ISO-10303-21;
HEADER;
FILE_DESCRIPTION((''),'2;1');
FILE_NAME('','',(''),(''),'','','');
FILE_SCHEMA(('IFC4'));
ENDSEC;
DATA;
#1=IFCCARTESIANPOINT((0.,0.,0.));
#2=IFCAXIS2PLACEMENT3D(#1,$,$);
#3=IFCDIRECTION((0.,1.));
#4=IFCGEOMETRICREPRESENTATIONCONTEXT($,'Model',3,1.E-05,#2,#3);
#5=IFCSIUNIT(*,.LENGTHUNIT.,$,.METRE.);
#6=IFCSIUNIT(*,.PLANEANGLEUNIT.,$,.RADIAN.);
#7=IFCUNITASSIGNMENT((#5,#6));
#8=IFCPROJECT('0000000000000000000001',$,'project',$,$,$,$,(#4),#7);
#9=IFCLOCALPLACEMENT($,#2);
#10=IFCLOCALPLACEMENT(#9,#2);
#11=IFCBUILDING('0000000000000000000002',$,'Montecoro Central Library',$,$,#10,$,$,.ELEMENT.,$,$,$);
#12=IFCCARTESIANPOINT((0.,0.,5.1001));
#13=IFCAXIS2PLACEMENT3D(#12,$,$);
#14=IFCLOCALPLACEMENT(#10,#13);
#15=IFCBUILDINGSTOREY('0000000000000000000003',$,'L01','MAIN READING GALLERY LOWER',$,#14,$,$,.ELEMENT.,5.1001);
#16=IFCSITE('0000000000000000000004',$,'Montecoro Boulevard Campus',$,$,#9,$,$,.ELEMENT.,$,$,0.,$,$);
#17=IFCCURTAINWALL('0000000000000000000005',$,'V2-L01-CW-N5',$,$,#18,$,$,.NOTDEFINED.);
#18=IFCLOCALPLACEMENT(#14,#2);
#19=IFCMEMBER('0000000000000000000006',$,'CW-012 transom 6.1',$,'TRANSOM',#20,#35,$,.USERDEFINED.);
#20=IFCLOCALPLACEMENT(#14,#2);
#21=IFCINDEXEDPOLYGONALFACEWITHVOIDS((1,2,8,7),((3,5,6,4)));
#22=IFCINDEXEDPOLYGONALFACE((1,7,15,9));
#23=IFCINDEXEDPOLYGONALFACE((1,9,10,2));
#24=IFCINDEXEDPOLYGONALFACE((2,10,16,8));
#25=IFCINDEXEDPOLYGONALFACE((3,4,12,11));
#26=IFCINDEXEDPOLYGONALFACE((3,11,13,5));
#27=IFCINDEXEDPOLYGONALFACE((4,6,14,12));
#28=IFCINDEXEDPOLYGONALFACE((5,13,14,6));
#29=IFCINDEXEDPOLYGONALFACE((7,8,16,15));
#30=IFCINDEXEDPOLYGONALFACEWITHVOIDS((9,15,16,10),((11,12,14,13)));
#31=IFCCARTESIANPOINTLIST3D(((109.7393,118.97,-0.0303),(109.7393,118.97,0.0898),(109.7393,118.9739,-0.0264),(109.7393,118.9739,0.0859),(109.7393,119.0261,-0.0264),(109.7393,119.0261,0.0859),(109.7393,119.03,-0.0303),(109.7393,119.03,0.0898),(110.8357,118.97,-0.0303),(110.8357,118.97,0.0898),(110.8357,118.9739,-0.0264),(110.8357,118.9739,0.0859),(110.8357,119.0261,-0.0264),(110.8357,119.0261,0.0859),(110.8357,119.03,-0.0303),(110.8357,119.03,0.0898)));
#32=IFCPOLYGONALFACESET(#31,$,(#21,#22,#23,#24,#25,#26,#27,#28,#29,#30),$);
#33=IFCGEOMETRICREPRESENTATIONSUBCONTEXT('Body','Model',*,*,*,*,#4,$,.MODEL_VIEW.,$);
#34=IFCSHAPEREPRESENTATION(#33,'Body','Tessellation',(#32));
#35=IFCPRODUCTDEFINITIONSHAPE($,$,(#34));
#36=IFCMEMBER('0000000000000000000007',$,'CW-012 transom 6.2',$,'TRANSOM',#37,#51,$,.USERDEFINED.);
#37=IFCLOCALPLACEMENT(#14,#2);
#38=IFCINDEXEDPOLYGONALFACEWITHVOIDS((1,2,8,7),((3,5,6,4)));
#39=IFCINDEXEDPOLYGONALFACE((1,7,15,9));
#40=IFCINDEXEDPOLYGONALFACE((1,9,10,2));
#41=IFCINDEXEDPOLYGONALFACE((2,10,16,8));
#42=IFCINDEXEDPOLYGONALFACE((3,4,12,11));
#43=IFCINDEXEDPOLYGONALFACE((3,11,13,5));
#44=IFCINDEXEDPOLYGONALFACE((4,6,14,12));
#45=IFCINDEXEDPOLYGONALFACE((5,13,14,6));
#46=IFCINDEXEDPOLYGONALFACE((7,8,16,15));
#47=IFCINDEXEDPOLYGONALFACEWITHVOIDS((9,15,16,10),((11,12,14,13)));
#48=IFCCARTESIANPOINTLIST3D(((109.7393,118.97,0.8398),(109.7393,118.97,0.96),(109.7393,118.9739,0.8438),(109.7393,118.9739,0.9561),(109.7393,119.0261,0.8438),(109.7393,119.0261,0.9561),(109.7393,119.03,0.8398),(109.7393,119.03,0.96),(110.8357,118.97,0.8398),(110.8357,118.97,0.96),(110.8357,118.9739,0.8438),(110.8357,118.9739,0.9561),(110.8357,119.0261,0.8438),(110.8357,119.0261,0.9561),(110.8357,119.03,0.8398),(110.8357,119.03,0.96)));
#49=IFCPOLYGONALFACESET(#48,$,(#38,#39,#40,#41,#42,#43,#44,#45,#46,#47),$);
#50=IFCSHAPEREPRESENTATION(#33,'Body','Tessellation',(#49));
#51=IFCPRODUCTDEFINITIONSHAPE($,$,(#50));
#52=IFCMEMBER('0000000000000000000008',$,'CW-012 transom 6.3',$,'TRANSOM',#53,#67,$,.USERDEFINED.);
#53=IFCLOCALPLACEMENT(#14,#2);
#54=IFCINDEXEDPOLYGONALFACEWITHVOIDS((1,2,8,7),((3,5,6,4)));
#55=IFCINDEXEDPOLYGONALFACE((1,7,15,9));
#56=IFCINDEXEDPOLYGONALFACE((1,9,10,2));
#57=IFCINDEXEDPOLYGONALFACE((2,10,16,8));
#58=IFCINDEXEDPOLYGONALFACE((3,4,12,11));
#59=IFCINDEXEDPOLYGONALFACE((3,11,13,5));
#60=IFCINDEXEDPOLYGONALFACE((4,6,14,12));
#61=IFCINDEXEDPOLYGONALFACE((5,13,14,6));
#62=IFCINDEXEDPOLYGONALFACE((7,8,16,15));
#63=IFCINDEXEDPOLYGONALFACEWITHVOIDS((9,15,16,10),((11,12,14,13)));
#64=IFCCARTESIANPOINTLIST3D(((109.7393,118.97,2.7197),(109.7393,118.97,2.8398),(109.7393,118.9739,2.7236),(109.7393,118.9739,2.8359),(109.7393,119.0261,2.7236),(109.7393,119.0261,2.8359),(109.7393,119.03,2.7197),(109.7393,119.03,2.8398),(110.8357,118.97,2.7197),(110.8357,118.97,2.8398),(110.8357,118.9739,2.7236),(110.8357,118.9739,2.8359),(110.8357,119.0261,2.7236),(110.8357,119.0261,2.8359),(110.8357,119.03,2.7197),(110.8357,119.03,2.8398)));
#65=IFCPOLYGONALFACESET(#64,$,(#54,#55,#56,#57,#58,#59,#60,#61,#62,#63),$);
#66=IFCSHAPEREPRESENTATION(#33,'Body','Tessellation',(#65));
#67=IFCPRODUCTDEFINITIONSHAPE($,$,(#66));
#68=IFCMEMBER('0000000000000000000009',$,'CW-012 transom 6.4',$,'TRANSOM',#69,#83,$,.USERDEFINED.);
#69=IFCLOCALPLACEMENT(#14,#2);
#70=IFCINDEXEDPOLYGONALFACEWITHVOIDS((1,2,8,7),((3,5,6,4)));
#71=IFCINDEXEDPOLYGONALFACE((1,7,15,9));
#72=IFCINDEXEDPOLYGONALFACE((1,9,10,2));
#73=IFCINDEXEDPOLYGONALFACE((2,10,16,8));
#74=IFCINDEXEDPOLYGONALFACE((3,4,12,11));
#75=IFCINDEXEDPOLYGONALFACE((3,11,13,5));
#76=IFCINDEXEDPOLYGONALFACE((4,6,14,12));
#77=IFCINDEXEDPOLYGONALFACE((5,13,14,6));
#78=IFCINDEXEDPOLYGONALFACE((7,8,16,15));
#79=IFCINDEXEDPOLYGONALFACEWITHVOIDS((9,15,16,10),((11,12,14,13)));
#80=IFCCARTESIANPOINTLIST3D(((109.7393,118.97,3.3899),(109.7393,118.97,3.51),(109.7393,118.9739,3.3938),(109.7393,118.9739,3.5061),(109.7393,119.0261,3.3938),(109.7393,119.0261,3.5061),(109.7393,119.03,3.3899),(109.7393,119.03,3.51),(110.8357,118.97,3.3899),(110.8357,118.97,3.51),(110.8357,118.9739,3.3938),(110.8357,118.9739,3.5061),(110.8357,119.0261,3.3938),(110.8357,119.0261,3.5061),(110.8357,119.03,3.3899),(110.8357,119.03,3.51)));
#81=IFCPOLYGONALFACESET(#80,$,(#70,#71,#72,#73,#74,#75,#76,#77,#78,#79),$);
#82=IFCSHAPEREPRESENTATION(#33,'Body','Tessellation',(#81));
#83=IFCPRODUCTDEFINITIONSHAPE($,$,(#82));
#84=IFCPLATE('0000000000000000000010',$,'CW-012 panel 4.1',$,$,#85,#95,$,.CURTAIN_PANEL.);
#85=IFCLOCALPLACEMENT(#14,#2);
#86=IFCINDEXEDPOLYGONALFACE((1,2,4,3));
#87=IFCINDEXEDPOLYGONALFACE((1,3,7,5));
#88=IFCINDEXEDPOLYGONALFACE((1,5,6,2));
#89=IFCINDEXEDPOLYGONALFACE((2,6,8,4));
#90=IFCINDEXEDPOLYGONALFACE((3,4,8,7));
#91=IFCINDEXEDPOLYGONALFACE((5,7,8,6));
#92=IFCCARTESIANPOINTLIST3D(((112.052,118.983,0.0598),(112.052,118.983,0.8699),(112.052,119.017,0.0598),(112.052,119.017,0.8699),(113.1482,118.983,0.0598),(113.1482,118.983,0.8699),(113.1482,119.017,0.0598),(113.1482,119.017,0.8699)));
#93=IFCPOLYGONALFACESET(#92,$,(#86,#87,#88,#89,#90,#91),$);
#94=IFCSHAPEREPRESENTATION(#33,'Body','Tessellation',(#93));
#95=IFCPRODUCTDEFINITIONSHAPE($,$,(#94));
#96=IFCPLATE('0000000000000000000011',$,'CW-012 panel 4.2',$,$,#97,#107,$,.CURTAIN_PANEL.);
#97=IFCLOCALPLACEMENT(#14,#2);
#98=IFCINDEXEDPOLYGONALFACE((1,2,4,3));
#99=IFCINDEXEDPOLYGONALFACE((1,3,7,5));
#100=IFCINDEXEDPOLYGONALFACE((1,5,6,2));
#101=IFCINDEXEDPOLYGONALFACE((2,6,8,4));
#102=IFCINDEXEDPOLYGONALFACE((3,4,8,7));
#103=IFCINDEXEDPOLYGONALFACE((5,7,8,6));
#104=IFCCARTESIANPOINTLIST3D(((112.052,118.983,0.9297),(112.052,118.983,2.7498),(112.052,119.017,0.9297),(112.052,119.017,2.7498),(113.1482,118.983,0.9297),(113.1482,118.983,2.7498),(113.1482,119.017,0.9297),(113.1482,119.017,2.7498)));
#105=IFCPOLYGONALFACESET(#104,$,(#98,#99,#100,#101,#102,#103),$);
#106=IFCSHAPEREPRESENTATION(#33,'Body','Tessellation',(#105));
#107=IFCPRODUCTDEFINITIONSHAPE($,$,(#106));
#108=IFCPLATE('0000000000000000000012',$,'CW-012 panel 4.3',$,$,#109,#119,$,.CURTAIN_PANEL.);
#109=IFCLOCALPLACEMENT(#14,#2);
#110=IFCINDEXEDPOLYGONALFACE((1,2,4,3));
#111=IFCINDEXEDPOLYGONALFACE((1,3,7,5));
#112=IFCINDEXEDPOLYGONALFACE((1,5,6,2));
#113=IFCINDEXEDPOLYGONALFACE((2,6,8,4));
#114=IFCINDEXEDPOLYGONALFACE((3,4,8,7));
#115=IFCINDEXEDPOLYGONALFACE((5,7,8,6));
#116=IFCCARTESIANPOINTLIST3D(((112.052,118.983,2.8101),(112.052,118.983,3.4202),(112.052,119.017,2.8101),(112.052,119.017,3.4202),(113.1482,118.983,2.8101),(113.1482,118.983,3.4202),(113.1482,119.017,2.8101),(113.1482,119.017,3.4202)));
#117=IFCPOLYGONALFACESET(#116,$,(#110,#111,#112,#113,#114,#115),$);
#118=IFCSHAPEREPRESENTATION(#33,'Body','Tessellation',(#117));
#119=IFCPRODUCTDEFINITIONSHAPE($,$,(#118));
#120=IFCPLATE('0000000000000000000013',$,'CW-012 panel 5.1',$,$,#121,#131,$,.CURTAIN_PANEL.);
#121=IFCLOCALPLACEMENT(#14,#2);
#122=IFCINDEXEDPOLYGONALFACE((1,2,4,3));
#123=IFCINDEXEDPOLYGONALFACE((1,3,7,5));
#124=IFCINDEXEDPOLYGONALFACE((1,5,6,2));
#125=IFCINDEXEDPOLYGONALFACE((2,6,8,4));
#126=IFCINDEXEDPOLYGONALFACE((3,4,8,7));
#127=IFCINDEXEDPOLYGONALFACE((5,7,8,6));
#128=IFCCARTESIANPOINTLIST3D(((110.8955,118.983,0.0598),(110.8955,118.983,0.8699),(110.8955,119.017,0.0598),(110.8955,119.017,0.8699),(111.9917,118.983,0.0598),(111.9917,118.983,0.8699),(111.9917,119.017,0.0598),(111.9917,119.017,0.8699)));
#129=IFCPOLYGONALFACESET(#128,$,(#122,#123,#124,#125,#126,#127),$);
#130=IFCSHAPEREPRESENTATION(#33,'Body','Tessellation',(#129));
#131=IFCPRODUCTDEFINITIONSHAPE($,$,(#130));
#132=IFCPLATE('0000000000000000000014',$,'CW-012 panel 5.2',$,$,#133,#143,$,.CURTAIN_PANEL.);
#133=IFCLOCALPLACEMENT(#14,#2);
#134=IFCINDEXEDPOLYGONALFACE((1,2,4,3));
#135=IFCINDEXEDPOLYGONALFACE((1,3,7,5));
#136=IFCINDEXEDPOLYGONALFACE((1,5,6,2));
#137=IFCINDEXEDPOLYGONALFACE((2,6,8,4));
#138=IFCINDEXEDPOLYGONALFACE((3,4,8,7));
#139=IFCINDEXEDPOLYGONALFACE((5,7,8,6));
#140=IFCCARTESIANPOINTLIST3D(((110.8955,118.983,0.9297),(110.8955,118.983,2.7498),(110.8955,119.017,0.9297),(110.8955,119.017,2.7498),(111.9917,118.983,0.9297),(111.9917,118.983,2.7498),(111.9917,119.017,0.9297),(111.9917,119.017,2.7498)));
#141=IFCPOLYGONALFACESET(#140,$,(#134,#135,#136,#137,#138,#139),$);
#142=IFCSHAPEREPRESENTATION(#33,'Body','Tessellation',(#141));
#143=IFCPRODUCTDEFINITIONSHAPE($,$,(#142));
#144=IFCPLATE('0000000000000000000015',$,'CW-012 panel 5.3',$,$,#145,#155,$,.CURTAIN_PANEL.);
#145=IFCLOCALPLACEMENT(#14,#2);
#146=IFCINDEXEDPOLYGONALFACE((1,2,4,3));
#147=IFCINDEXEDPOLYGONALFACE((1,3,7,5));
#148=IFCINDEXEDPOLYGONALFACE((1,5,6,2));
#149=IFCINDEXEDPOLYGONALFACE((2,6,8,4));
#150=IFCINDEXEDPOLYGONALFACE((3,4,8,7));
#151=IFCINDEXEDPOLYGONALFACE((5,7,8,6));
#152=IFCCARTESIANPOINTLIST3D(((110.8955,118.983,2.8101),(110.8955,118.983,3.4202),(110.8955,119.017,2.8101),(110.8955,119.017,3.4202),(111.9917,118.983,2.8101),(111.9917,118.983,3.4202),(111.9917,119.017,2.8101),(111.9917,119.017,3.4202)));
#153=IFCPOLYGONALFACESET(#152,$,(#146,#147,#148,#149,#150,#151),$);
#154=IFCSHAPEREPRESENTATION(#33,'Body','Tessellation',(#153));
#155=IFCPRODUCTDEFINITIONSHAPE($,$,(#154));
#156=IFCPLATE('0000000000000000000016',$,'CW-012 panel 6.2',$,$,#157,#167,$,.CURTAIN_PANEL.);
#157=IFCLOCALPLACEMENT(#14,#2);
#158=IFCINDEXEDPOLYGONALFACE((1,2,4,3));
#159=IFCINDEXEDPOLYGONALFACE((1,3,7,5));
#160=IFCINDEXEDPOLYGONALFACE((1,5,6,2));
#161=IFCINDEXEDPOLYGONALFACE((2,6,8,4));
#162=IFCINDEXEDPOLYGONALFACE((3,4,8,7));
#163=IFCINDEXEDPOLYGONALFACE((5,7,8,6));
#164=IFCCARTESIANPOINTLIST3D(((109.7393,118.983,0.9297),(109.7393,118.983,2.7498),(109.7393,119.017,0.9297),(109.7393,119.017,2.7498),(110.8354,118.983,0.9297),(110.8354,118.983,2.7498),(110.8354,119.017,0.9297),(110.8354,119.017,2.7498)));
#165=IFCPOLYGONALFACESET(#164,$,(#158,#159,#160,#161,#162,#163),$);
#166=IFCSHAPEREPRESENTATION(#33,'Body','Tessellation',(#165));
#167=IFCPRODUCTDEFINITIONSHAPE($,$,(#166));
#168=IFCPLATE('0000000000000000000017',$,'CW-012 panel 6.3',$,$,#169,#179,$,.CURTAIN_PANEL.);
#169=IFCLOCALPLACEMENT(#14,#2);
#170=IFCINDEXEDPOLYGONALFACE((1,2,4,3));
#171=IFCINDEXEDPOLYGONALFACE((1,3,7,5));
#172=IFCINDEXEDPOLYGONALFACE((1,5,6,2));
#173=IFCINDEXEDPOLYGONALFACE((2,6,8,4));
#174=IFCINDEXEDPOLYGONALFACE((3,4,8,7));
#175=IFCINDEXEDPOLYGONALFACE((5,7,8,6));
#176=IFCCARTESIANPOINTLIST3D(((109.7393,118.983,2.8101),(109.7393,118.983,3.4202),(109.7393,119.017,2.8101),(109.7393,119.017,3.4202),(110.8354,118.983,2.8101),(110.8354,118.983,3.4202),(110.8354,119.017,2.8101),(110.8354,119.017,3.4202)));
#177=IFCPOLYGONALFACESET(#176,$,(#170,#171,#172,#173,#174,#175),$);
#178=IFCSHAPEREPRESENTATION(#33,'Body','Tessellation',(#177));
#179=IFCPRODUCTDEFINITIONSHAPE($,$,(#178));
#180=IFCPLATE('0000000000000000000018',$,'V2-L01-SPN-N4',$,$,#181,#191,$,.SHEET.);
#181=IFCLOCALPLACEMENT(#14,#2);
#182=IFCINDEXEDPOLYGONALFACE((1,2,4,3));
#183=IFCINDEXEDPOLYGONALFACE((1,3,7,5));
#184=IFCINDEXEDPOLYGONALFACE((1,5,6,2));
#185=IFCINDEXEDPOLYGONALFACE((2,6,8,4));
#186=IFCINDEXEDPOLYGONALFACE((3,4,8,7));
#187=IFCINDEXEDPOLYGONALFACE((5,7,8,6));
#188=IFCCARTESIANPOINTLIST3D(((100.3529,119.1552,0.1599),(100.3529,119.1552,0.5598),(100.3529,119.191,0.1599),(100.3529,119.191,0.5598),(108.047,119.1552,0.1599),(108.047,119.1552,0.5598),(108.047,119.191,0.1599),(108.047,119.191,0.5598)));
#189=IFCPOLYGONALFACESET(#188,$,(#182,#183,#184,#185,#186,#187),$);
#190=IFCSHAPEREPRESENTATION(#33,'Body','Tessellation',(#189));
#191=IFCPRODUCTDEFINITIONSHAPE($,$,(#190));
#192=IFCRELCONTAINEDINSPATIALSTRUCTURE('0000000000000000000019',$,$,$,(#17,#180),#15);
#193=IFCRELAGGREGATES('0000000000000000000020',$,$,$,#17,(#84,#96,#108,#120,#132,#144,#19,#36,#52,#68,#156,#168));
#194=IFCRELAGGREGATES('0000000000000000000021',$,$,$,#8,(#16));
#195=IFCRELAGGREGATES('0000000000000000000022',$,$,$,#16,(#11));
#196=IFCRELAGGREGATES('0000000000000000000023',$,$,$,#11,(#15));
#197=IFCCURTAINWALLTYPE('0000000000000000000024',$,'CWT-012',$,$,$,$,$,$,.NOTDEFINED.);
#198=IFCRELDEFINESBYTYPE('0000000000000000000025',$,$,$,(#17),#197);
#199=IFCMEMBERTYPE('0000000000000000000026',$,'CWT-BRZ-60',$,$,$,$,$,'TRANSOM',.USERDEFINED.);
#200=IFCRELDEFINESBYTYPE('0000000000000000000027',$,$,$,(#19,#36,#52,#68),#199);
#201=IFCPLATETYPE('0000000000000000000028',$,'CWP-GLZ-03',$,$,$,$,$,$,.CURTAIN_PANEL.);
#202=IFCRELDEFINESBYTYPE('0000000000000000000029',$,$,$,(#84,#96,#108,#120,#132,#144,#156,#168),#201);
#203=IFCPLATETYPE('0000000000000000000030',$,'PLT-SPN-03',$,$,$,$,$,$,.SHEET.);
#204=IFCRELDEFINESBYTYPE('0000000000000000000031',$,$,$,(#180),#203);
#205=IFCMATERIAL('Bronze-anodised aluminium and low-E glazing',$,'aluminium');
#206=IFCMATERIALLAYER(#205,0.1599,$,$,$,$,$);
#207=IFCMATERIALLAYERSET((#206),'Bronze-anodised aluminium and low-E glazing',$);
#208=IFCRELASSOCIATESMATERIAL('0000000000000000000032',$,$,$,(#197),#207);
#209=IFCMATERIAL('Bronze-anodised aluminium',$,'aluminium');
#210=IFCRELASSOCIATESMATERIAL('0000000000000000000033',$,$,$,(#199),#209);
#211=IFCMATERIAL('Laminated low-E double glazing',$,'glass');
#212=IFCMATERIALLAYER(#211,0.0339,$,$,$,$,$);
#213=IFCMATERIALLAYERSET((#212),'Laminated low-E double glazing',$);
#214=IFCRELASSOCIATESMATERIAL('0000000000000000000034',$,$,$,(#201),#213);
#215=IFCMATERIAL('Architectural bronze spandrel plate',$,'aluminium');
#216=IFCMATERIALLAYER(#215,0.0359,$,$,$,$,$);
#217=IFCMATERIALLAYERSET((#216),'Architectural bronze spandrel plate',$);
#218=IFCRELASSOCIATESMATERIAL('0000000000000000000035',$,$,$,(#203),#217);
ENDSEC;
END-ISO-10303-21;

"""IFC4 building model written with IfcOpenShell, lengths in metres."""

from ifc_helpers import new_model, si_unit, direction, frame, origin, origin_2d, place, context, subcontext, project, spatial, rectangle, hollow_rectangle, extrude, material, layer, layer_set, material_profile, profile_set, type_object, element, aggregate, save


model = new_model("IFC4")

# Units and contexts
model_context = context("Model", 3, precision=1e-05, world=origin(), true_north=direction((0.0, 1.0)))
body_context = subcontext(model_context, "Body", "Model", "MODEL_VIEW")
ifc_project = project(units=[si_unit("LENGTHUNIT", "METRE"), si_unit("PLANEANGLEUNIT", "RADIAN")], contexts=[model_context])

# Site, building, storey
site_placement = place(None, origin())
site = spatial("IfcSite", under=ifc_project, at=site_placement, Name="Montecoro Boulevard Campus", CompositionType="ELEMENT", RefElevation=0.0)
building_placement = place(site_placement, origin())
building = spatial("IfcBuilding", under=site, at=building_placement, Name="Montecoro Central Library", CompositionType="ELEMENT")
storey_placement = place(building_placement, frame((0.0, 0.0, 5.1001)))
storey = spatial("IfcBuildingStorey", under=building, at=storey_placement, Name="L01", Description="MAIN READING GALLERY LOWER", CompositionType="ELEMENT", Elevation=5.1001)

# Curtain wall, members, plates
ifc_material_1 = material(Name="Bronze-anodised aluminium and low-E glazing", Category="aluminium")
ifc_layer_1 = layer(ifc_material_1, 0.1599)
ifc_layer_set_1 = layer_set([ifc_layer_1], Name="Bronze-anodised aluminium and low-E glazing")
curtain_wall_type = type_object("IfcCurtainWallType", Name="CWT-012", PredefinedType="NOTDEFINED", material=ifc_layer_set_1)
curtain_wall_placement = place(storey_placement, origin())
curtain_wall = element("IfcCurtainWall", 1, at=curtain_wall_placement, inside=storey, type_object=curtain_wall_type, Name="V2-L01-CW-N5", PredefinedType="NOTDEFINED")
ifc_material_2 = material(Name="Bronze-anodised aluminium", Category="aluminium")
ifc_material_profile_1 = material_profile(ifc_material_2, hollow_rectangle(XDim=0.0601, YDim=0.1201, WallThickness=0.0039, at=origin_2d()), Name="CWT 120x60x4.0")
ifc_profile_set_1 = profile_set([ifc_material_profile_1], Name="Bronze-anodised aluminium")
member_type_1 = type_object("IfcMemberType", Name="CWT-BRZ-60", ElementType="TRANSOM", PredefinedType="USERDEFINED", material=ifc_profile_set_1)
member_1_placement = place(storey_placement, frame((110.8357, 119.0, 0.0298), z_axis=(-1.0, 0.0, 0.0), x_axis=(0.0, -1.0, 0.0)))
member_1 = element("IfcMember", 2, at=member_1_placement, type_object=member_type_1, Name="CW-012 transom 6.1", ObjectType="TRANSOM", PredefinedType="USERDEFINED", context=body_context, shape_type="SweptSolid", body=[
    extrude(hollow_rectangle(XDim=0.0601, YDim=0.1201, WallThickness=0.0039, at=origin_2d()), origin(), (0.0, 0.0, 1.0), 1.0964),
])
member_2_placement = place(storey_placement, frame((110.8357, 119.0, 0.8999), z_axis=(-1.0, 0.0, 0.0), x_axis=(0.0, -1.0, 0.0)))
member_2 = element("IfcMember", 3, at=member_2_placement, type_object=member_type_1, Name="CW-012 transom 6.2", ObjectType="TRANSOM", PredefinedType="USERDEFINED", context=body_context, shape_type="SweptSolid", body=[
    extrude(hollow_rectangle(XDim=0.0601, YDim=0.1201, WallThickness=0.0039, at=origin_2d()), origin(), (0.0, 0.0, 1.0), 1.0964),
])
member_3_placement = place(storey_placement, frame((110.8357, 119.0, 2.7798), z_axis=(-1.0, 0.0, 0.0), x_axis=(0.0, -1.0, 0.0)))
member_3 = element("IfcMember", 4, at=member_3_placement, type_object=member_type_1, Name="CW-012 transom 6.3", ObjectType="TRANSOM", PredefinedType="USERDEFINED", context=body_context, shape_type="SweptSolid", body=[
    extrude(hollow_rectangle(XDim=0.0601, YDim=0.1201, WallThickness=0.0039, at=origin_2d()), origin(), (0.0, 0.0, 1.0), 1.0964),
])
member_4_placement = place(storey_placement, frame((110.8357, 119.0, 3.45), z_axis=(-1.0, 0.0, 0.0), x_axis=(0.0, -1.0, 0.0)))
member_4 = element("IfcMember", 5, at=member_4_placement, type_object=member_type_1, Name="CW-012 transom 6.4", ObjectType="TRANSOM", PredefinedType="USERDEFINED", context=body_context, shape_type="SweptSolid", body=[
    extrude(hollow_rectangle(XDim=0.0601, YDim=0.1201, WallThickness=0.0039, at=origin_2d()), origin(), (0.0, 0.0, 1.0), 1.0964),
])
ifc_material_3 = material(Name="Laminated low-E double glazing", Category="glass")
ifc_layer_2 = layer(ifc_material_3, 0.0339)
ifc_layer_set_2 = layer_set([ifc_layer_2], Name="Laminated low-E double glazing")
plate_type_1 = type_object("IfcPlateType", Name="CWP-GLZ-03", PredefinedType="CURTAIN_PANEL", material=ifc_layer_set_2)
plate_1_placement = place(storey_placement, frame((112.6001, 119.0, 0.0598), z_axis=(0.0, 0.0, 1.0), x_axis=(-1.0, 0.0, 0.0)))
plate_1 = element("IfcPlate", 6, at=plate_1_placement, type_object=plate_type_1, Name="CW-012 panel 4.1", PredefinedType="CURTAIN_PANEL", context=body_context, shape_type="SweptSolid", body=[
    extrude(rectangle(XDim=1.0962, YDim=0.0339, at=origin_2d()), origin(), (0.0, 0.0, 1.0), 0.8101),
])
plate_2_placement = place(storey_placement, frame((112.6001, 119.0, 0.9297), z_axis=(0.0, 0.0, 1.0), x_axis=(-1.0, 0.0, 0.0)))
plate_2 = element("IfcPlate", 7, at=plate_2_placement, type_object=plate_type_1, Name="CW-012 panel 4.2", PredefinedType="CURTAIN_PANEL", context=body_context, shape_type="SweptSolid", body=[
    extrude(rectangle(XDim=1.0962, YDim=0.0339, at=origin_2d()), origin(), (0.0, 0.0, 1.0), 1.8201),
])
plate_3_placement = place(storey_placement, frame((112.6001, 119.0, 2.8101), z_axis=(0.0, 0.0, 1.0), x_axis=(-1.0, 0.0, 0.0)))
plate_3 = element("IfcPlate", 8, at=plate_3_placement, type_object=plate_type_1, Name="CW-012 panel 4.3", PredefinedType="CURTAIN_PANEL", context=body_context, shape_type="SweptSolid", body=[
    extrude(rectangle(XDim=1.0962, YDim=0.0339, at=origin_2d()), origin(), (0.0, 0.0, 1.0), 0.6101),
])
plate_4_placement = place(storey_placement, frame((111.4436, 119.0, 0.0598), z_axis=(0.0, 0.0, 1.0), x_axis=(-1.0, 0.0, 0.0)))
plate_4 = element("IfcPlate", 9, at=plate_4_placement, type_object=plate_type_1, Name="CW-012 panel 5.1", PredefinedType="CURTAIN_PANEL", context=body_context, shape_type="SweptSolid", body=[
    extrude(rectangle(XDim=1.0962, YDim=0.0339, at=origin_2d()), origin(), (0.0, 0.0, 1.0), 0.8101),
])
plate_5_placement = place(storey_placement, frame((111.4436, 119.0, 0.9297), z_axis=(0.0, 0.0, 1.0), x_axis=(-1.0, 0.0, 0.0)))
plate_5 = element("IfcPlate", 10, at=plate_5_placement, type_object=plate_type_1, Name="CW-012 panel 5.2", PredefinedType="CURTAIN_PANEL", context=body_context, shape_type="SweptSolid", body=[
    extrude(rectangle(XDim=1.0962, YDim=0.0339, at=origin_2d()), origin(), (0.0, 0.0, 1.0), 1.8201),
])
plate_6_placement = place(storey_placement, frame((111.4436, 119.0, 2.8101), z_axis=(0.0, 0.0, 1.0), x_axis=(-1.0, 0.0, 0.0)))
plate_6 = element("IfcPlate", 11, at=plate_6_placement, type_object=plate_type_1, Name="CW-012 panel 5.3", PredefinedType="CURTAIN_PANEL", context=body_context, shape_type="SweptSolid", body=[
    extrude(rectangle(XDim=1.0962, YDim=0.0339, at=origin_2d()), origin(), (0.0, 0.0, 1.0), 0.6101),
])
plate_7_placement = place(storey_placement, frame((110.2874, 119.0, 0.9297), z_axis=(0.0, 0.0, 1.0), x_axis=(-1.0, 0.0, 0.0)))
plate_7 = element("IfcPlate", 12, at=plate_7_placement, type_object=plate_type_1, Name="CW-012 panel 6.2", PredefinedType="CURTAIN_PANEL", context=body_context, shape_type="SweptSolid", body=[
    extrude(rectangle(XDim=1.0962, YDim=0.0339, at=origin_2d()), origin(), (0.0, 0.0, 1.0), 1.8201),
])
plate_8_placement = place(storey_placement, frame((110.2874, 119.0, 2.8101), z_axis=(0.0, 0.0, 1.0), x_axis=(-1.0, 0.0, 0.0)))
plate_8 = element("IfcPlate", 13, at=plate_8_placement, type_object=plate_type_1, Name="CW-012 panel 6.3", PredefinedType="CURTAIN_PANEL", context=body_context, shape_type="SweptSolid", body=[
    extrude(rectangle(XDim=1.0962, YDim=0.0339, at=origin_2d()), origin(), (0.0, 0.0, 1.0), 0.6101),
])
aggregate(curtain_wall, [plate_1, plate_2, plate_3, plate_4, plate_5, plate_6, member_1, member_2, member_3, member_4, plate_7, plate_8])

# Plate
ifc_material_4 = material(Name="Architectural bronze spandrel plate", Category="aluminium")
ifc_layer_3 = layer(ifc_material_4, 0.0359)
ifc_layer_set_3 = layer_set([ifc_layer_3], Name="Architectural bronze spandrel plate")
plate_type_2 = type_object("IfcPlateType", Name="PLT-SPN-03", PredefinedType="SHEET", material=ifc_layer_set_3)
plate_9_placement = place(storey_placement, frame((104.2, 119.1731, 0.1599), z_axis=(0.0, 0.0, 1.0), x_axis=(-1.0, 0.0, 0.0)))
element("IfcPlate", 14, at=plate_9_placement, inside=storey, type_object=plate_type_2, Name="V2-L01-SPN-N4", PredefinedType="SHEET", context=body_context, shape_type="SweptSolid", body=[
    extrude(rectangle(XDim=7.6941, YDim=0.0359, at=origin_2d()), origin(), (0.0, 0.0, 1.0), 0.3999),
])

save(model, "model.ifc")
